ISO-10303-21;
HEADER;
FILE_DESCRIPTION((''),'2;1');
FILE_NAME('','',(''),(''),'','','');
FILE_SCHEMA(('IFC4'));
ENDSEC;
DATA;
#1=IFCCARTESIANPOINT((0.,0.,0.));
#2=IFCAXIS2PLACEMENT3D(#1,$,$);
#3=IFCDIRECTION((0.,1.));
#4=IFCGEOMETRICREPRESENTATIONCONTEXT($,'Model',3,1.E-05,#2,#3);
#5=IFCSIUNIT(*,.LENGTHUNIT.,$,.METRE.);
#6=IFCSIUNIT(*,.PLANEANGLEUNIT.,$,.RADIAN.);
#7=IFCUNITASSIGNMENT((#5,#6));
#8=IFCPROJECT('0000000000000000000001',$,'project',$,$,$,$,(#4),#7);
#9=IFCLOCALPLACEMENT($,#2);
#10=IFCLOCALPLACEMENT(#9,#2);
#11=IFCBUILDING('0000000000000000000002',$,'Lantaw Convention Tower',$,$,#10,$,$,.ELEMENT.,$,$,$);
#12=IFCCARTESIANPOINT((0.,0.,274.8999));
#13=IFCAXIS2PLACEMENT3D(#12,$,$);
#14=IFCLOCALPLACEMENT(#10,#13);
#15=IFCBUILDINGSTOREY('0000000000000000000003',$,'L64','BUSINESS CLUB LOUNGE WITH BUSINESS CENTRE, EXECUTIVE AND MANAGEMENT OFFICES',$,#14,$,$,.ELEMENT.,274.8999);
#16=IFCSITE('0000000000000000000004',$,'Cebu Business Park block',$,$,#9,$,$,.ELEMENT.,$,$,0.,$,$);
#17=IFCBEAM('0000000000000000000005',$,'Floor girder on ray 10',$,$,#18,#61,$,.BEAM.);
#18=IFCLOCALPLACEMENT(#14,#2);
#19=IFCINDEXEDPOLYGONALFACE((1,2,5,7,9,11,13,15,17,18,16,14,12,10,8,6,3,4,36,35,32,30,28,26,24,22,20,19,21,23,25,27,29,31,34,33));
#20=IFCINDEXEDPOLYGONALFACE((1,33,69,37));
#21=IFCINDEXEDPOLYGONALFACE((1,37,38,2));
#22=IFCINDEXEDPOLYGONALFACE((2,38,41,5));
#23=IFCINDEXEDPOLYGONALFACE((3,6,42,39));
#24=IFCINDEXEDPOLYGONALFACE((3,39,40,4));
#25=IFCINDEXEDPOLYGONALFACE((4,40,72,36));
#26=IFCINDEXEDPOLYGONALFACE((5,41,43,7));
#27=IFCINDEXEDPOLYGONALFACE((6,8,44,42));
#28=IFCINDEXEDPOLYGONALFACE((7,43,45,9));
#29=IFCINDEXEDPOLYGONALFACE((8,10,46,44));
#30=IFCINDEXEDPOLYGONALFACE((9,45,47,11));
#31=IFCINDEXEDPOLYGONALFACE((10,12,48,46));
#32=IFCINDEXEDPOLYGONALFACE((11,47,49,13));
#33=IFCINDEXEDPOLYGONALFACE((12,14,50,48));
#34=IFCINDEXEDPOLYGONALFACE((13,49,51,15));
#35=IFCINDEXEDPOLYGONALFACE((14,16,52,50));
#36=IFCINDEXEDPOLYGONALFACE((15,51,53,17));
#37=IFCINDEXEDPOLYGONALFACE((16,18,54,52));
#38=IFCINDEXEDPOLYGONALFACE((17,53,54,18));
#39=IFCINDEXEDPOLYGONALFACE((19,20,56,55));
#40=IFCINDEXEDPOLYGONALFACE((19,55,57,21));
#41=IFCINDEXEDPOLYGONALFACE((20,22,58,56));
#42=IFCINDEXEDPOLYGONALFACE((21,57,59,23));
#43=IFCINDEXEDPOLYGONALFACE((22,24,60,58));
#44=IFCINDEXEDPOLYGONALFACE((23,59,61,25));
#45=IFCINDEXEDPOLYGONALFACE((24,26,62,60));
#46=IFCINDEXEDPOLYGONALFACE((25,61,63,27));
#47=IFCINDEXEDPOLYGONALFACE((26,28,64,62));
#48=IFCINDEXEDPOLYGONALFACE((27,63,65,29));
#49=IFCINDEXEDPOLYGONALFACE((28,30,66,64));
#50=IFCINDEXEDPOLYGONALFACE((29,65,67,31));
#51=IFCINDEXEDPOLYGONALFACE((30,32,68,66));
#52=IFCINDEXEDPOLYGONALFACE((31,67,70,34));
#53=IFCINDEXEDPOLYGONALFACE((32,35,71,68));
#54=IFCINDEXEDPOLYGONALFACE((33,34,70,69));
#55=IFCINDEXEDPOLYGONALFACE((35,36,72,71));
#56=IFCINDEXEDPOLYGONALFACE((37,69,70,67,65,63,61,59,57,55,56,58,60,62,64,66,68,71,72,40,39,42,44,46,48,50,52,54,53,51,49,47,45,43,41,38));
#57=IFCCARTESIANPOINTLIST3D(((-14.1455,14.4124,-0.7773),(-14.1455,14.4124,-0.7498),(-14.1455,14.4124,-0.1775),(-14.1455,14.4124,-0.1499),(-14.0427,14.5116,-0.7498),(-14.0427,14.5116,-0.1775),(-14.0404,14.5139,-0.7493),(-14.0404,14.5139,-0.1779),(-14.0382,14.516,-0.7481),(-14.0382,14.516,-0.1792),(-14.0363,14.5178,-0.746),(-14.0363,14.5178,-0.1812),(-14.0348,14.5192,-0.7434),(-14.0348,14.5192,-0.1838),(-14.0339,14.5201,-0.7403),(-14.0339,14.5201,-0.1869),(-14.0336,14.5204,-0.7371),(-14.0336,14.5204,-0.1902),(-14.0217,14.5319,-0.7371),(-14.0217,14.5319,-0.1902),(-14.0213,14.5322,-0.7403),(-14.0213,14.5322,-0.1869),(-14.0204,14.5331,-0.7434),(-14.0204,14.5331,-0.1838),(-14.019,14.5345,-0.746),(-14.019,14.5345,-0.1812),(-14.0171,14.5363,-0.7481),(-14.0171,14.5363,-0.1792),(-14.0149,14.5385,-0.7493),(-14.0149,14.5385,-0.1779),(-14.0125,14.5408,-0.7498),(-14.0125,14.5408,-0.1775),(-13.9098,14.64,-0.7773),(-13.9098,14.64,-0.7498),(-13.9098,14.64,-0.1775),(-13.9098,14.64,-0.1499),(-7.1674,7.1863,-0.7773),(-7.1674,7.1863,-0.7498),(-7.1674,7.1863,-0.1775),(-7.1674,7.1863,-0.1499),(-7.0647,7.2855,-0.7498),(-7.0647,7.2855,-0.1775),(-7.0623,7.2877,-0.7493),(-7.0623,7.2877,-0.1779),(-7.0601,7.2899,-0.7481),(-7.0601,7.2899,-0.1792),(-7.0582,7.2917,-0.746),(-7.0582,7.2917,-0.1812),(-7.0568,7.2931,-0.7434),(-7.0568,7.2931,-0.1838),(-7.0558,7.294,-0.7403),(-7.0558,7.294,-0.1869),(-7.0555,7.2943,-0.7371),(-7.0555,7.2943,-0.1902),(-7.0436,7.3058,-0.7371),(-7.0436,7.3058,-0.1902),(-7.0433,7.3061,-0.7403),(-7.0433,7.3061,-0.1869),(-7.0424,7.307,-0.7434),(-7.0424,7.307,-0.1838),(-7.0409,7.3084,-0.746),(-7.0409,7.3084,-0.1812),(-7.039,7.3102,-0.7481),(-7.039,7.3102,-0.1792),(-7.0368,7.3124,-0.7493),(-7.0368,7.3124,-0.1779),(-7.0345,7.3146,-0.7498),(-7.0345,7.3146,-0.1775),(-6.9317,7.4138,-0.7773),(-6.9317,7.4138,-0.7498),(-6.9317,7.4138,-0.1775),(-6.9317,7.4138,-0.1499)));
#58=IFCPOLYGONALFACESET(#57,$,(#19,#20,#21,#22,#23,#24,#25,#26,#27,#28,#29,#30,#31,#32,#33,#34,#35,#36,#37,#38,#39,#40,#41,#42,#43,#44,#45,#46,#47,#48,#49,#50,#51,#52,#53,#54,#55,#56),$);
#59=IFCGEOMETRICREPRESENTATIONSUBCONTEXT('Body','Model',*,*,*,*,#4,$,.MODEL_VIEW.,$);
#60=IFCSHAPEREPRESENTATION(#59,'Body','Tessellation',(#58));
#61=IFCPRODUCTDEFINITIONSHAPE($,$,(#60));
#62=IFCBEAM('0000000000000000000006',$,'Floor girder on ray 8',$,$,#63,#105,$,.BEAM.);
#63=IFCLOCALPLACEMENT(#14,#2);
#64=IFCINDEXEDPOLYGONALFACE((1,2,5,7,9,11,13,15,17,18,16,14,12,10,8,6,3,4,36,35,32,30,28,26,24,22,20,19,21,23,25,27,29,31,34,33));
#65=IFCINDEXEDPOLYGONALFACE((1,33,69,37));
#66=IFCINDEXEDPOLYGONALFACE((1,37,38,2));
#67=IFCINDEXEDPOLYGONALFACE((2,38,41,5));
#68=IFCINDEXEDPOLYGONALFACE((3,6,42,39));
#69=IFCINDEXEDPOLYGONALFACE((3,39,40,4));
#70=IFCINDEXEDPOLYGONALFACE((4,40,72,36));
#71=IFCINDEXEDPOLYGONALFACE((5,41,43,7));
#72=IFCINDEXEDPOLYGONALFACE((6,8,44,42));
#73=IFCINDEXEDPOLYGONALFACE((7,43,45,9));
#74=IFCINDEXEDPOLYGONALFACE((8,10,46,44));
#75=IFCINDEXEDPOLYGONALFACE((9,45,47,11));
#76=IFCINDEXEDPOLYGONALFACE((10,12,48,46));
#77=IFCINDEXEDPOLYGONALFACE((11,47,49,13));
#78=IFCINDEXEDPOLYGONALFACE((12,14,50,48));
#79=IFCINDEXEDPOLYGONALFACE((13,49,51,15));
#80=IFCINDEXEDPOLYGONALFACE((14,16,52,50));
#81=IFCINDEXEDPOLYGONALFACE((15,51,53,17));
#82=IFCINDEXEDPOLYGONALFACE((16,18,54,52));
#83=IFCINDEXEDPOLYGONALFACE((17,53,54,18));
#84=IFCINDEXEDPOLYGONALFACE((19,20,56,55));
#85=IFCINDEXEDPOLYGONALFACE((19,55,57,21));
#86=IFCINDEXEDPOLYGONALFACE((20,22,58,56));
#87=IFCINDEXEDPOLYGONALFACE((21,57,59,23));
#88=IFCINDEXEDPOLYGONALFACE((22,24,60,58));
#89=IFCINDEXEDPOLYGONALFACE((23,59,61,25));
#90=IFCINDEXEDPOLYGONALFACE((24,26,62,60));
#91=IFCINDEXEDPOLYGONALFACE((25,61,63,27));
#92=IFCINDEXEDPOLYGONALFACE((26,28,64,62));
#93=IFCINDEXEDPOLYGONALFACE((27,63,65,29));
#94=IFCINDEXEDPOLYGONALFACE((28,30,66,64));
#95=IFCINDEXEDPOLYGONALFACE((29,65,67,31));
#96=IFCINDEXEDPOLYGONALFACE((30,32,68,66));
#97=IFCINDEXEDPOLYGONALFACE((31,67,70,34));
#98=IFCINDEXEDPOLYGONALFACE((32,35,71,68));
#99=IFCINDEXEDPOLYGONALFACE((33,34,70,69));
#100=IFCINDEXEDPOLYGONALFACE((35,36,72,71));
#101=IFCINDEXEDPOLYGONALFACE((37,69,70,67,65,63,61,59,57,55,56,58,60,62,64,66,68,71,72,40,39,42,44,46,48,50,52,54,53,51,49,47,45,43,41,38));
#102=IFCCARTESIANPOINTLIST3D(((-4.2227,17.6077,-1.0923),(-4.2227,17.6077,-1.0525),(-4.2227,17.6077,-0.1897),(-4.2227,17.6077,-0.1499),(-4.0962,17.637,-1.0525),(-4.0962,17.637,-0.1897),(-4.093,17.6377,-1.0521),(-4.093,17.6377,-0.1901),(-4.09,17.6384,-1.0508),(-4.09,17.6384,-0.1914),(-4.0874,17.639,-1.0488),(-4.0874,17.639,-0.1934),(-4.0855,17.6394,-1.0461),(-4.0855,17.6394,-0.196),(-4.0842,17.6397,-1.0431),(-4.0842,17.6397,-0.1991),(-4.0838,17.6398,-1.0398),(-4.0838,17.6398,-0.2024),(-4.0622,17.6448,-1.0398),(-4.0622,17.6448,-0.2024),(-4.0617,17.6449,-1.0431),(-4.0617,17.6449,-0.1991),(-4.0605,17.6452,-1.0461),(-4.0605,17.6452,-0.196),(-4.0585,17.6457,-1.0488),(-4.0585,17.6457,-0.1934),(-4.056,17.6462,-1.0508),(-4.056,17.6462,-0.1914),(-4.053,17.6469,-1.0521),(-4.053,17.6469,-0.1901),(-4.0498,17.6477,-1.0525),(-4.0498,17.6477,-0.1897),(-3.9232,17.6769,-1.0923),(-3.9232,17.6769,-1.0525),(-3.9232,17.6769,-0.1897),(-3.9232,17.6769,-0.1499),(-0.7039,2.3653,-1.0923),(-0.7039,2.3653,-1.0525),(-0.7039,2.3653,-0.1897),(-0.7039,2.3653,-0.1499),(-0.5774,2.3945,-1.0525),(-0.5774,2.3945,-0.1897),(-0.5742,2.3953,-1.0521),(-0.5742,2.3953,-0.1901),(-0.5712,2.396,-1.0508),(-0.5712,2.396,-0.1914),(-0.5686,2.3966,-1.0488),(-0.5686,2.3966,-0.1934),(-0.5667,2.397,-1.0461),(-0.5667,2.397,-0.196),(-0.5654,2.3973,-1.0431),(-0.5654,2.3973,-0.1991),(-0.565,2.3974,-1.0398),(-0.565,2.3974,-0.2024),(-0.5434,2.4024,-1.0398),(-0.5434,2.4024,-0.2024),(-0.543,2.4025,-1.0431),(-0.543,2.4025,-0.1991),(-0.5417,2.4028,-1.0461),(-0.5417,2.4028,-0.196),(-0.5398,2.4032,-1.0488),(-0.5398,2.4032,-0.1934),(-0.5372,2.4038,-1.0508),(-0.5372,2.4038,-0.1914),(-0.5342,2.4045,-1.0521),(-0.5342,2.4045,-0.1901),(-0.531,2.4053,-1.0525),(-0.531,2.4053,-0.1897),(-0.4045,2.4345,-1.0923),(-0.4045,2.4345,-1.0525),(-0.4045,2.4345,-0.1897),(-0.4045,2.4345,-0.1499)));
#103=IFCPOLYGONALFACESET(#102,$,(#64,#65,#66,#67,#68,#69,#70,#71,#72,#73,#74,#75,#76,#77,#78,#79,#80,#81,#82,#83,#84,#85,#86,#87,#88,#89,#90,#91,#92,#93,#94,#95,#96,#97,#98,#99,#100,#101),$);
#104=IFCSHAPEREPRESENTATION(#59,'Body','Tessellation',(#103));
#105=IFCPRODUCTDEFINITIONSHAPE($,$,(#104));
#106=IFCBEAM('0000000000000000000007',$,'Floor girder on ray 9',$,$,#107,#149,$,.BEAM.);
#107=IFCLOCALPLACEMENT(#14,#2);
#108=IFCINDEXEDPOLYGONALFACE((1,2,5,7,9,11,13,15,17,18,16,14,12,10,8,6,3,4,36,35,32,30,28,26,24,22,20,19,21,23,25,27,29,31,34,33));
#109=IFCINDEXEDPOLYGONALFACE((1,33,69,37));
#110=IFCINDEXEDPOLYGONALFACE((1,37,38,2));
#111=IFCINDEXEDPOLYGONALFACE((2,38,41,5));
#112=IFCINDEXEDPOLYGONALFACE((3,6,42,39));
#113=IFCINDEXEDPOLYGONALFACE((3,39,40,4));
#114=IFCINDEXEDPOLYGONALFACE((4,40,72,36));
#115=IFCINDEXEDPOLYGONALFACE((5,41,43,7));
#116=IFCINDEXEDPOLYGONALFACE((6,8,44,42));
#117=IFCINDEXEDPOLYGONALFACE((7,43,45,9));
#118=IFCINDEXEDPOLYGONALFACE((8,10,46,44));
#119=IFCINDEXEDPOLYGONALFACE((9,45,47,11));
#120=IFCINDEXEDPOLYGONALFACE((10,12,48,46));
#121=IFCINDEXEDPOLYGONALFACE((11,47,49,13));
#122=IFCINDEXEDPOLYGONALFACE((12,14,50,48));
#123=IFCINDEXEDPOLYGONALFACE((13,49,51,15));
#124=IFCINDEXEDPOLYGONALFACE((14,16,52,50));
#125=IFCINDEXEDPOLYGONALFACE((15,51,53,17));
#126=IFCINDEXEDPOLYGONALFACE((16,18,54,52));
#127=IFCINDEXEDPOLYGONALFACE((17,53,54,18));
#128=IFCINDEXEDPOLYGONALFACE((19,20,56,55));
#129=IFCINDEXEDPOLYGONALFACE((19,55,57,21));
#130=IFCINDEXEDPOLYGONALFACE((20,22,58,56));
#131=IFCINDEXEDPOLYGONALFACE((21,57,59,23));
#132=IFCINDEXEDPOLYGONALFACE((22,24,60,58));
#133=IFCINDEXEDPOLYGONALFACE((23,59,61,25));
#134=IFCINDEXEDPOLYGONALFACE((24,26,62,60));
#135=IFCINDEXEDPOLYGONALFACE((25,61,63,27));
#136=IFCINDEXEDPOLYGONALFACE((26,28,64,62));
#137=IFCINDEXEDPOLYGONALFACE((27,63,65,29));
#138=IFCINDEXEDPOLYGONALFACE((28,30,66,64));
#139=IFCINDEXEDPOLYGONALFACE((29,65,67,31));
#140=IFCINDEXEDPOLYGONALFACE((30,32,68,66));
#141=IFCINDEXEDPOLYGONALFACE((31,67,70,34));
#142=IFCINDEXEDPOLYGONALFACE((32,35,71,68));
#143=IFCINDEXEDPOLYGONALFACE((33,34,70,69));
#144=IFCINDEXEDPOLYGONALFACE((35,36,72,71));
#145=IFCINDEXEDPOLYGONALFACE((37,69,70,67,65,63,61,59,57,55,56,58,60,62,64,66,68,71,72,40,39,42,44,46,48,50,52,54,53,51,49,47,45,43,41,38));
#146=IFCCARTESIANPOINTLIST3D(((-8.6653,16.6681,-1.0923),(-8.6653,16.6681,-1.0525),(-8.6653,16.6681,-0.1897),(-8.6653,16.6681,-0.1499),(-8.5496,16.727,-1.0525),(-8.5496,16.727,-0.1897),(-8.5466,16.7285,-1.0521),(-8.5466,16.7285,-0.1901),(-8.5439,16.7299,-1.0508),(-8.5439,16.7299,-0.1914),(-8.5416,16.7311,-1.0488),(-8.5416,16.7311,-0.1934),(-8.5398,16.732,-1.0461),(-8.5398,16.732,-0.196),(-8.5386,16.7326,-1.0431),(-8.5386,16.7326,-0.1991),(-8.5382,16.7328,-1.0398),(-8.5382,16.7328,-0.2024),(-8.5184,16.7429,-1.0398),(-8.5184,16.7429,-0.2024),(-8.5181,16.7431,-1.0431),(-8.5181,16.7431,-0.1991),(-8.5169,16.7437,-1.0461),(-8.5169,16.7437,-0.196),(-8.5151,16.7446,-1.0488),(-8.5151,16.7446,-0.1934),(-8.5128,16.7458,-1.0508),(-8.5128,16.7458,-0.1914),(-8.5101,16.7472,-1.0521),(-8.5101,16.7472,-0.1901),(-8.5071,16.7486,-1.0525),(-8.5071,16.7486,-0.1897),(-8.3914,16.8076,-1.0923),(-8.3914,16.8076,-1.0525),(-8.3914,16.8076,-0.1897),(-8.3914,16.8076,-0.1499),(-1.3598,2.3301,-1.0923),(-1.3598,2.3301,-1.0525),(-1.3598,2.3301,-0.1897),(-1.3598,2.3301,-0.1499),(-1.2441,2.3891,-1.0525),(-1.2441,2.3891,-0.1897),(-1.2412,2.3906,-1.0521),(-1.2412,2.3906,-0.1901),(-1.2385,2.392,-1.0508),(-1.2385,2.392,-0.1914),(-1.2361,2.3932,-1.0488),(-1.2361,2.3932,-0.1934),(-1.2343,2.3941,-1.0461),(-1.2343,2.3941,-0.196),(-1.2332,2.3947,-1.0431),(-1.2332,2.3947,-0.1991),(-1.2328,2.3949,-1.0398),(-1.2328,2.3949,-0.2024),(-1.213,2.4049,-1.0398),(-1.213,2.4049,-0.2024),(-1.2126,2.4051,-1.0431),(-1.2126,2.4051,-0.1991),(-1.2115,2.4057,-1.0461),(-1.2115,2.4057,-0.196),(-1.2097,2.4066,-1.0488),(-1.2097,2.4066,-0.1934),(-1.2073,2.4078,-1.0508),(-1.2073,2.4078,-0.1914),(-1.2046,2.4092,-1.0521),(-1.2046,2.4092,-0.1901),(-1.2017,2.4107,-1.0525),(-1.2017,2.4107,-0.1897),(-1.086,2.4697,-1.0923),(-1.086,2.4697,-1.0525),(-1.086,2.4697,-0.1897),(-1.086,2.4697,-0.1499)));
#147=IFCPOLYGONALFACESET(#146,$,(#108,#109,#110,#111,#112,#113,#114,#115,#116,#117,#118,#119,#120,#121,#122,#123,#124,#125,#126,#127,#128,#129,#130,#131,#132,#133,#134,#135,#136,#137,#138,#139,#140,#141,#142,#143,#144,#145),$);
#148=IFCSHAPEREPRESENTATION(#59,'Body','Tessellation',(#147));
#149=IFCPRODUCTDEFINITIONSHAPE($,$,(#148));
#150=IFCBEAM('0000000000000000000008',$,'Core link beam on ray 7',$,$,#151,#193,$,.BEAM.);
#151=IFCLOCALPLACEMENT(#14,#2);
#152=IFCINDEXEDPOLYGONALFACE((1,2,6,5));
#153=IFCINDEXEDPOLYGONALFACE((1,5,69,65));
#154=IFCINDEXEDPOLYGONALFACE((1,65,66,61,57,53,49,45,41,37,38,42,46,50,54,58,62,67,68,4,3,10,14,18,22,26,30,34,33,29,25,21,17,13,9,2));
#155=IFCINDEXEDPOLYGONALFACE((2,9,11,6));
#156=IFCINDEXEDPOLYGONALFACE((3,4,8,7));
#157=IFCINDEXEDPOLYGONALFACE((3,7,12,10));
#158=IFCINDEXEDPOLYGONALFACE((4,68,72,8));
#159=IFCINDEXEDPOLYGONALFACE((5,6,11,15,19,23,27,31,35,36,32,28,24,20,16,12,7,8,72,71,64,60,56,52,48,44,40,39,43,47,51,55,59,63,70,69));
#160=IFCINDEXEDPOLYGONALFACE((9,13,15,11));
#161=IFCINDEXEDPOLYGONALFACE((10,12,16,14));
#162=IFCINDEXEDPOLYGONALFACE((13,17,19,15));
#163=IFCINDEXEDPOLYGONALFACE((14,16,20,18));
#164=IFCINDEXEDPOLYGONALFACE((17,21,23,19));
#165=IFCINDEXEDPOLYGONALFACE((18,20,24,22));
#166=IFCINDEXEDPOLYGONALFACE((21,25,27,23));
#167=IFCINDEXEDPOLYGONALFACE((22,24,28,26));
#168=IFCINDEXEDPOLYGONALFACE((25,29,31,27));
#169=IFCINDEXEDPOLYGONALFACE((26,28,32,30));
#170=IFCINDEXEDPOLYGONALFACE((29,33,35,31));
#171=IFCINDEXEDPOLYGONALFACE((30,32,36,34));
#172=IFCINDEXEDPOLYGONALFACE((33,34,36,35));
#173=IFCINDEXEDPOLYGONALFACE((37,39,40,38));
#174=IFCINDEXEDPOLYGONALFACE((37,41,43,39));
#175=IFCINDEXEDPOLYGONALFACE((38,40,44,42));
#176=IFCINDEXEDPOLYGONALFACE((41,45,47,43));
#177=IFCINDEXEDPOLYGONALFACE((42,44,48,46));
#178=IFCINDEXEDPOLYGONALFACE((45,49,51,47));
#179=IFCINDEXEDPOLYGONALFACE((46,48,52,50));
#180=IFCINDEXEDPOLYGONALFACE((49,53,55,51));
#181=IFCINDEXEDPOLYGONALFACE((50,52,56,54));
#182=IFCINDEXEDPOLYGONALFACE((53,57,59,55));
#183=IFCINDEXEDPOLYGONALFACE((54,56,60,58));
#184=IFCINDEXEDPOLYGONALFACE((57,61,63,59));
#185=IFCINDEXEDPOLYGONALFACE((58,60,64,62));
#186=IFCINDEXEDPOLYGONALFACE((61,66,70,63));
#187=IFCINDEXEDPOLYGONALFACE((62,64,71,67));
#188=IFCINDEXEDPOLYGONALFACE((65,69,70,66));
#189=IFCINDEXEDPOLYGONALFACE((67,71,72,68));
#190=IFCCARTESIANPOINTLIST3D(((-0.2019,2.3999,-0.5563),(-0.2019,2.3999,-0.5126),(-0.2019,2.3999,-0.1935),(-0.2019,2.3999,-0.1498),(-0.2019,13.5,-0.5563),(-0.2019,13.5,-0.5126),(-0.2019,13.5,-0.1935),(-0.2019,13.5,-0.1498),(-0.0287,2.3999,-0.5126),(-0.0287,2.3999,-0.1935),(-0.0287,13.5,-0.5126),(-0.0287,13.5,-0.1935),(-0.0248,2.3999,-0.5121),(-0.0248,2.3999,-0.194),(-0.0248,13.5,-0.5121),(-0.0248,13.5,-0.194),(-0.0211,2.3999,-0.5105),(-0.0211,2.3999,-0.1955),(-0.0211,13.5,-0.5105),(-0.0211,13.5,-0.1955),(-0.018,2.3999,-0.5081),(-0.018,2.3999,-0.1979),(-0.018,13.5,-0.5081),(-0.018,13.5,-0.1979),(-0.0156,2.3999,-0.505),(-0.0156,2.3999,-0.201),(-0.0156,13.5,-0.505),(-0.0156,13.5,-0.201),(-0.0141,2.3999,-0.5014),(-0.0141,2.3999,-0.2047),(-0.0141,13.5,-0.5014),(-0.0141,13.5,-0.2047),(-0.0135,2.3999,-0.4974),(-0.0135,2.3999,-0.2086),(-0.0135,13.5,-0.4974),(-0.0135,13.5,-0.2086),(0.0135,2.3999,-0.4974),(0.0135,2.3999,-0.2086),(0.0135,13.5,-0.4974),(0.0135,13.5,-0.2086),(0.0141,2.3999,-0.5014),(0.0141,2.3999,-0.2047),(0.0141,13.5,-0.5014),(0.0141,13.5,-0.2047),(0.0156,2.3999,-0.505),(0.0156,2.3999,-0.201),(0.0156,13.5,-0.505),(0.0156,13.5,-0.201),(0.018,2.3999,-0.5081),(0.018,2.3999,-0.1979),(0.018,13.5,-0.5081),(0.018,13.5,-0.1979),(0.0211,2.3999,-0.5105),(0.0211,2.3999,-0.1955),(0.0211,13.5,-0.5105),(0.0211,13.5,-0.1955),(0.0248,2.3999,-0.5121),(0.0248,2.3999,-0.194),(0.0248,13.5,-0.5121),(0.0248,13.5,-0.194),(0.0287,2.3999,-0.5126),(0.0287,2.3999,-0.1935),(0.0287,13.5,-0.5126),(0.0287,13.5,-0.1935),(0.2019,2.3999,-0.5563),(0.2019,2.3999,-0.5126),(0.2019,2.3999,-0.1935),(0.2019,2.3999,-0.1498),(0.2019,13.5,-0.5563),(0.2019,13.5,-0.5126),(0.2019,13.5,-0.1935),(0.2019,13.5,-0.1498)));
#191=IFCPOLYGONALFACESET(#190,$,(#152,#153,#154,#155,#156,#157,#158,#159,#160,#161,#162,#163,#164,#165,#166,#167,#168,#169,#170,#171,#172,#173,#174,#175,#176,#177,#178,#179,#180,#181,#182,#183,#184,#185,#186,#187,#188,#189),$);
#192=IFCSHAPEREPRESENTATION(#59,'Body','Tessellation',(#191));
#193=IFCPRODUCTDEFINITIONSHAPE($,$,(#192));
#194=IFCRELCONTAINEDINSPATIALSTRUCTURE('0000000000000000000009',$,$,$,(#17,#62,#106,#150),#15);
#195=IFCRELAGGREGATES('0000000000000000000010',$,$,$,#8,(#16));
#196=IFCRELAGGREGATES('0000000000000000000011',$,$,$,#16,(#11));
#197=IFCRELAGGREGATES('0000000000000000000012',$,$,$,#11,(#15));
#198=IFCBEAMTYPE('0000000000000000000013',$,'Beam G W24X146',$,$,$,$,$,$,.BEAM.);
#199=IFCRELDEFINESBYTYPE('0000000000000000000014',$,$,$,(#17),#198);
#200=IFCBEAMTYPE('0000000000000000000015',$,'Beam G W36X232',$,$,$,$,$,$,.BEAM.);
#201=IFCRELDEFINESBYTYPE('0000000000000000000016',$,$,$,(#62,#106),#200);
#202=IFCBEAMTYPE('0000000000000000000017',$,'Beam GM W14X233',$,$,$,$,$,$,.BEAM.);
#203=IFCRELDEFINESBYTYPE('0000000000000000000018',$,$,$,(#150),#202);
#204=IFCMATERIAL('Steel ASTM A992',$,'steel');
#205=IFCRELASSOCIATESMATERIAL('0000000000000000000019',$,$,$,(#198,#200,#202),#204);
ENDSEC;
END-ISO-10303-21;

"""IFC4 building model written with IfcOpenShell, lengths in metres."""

from ifc_helpers import new_model, si_unit, direction, frame, origin, origin_2d, place, context, subcontext, project, spatial, i_section, extrude, material, material_profile, profile_set, type_object, element, save


model = new_model("IFC4")

# Units and contexts
model_context = context("Model", 3, precision=1e-05, world=origin(), true_north=direction((0.0, 1.0)))
body_context = subcontext(model_context, "Body", "Model", "MODEL_VIEW")
ifc_project = project(units=[si_unit("LENGTHUNIT", "METRE"), si_unit("PLANEANGLEUNIT", "RADIAN")], contexts=[model_context])

# Site, building, storey
site_placement = place(None, origin())
site = spatial("IfcSite", under=ifc_project, at=site_placement, Name="Cebu Business Park block", CompositionType="ELEMENT", RefElevation=0.0)
building_placement = place(site_placement, origin())
building = spatial("IfcBuilding", under=site, at=building_placement, Name="Lantaw Convention Tower", CompositionType="ELEMENT")
storey_placement = place(building_placement, frame((0.0, 0.0, 274.8999)))
storey = spatial("IfcBuildingStorey", under=building, at=storey_placement, Name="L64", Description="BUSINESS CLUB LOUNGE WITH BUSINESS CENTRE, EXECUTIVE AND MANAGEMENT OFFICES", CompositionType="ELEMENT", Elevation=274.8999)

# Beams
ifc_material_1 = material(Name="Steel ASTM A992", Category="steel")
ifc_material_profile_1 = material_profile(ifc_material_1, i_section(OverallWidth=0.3276, OverallDepth=0.6274, WebThickness=0.0166, FlangeThickness=0.0276, FilletRadius=0.0127, at=origin_2d()), Name="W24X146")
ifc_profile_set_1 = profile_set([ifc_material_profile_1], Name="Steel ASTM A992")
beam_type_1 = type_object("IfcBeamType", Name="Beam G W24X146", PredefinedType="BEAM", material=ifc_profile_set_1)
beam_1_placement = place(storey_placement, frame((-7.0496, 7.3, -0.4636), z_axis=(-0.694653, 0.719345, 0.0), x_axis=(-0.719345, -0.694653, 0.0)))
element("IfcBeam", 1, at=beam_1_placement, inside=storey, type_object=beam_type_1, Name="Floor girder on ray 10", PredefinedType="BEAM", context=body_context, shape_type="SweptSolid", body=[
    extrude(i_section(OverallWidth=0.3276, OverallDepth=0.6274, WebThickness=0.0166, FlangeThickness=0.0276, FilletRadius=0.0127, at=origin_2d()), origin(), (0.0, 0.0, 1.0), 10.0454),
])
ifc_material_profile_2 = material_profile(ifc_material_1, i_section(OverallWidth=0.3074, OverallDepth=0.9424, WebThickness=0.0222, FlangeThickness=0.0398, FilletRadius=0.0127, at=origin_2d()), Name="W36X232")
ifc_profile_set_2 = profile_set([ifc_material_profile_2], Name="Steel ASTM A992")
beam_type_2 = type_object("IfcBeamType", Name="Beam G W36X232", PredefinedType="BEAM", material=ifc_profile_set_2)
beam_2_placement = place(storey_placement, frame((-0.5542, 2.3999, -0.6211), z_axis=(-0.224939, 0.974373, 0.0), x_axis=(-0.974373, -0.224939, 0.0)))
element("IfcBeam", 2, at=beam_2_placement, inside=storey, type_object=beam_type_2, Name="Floor girder on ray 8", PredefinedType="BEAM", context=body_context, shape_type="SweptSolid", body=[
    extrude(i_section(OverallWidth=0.3074, OverallDepth=0.9424, WebThickness=0.0222, FlangeThickness=0.0398, FilletRadius=0.0127, at=origin_2d()), origin(), (0.0, 0.0, 1.0), 15.6433),
])
beam_3_placement = place(storey_placement, frame((-1.2229, 2.3999, -0.6211), z_axis=(-0.453986, 0.891009, 0.0), x_axis=(-0.891009, -0.453986, 0.0)))
element("IfcBeam", 3, at=beam_3_placement, inside=storey, type_object=beam_type_2, Name="Floor girder on ray 9", PredefinedType="BEAM", context=body_context, shape_type="SweptSolid", body=[
    extrude(i_section(OverallWidth=0.3074, OverallDepth=0.9424, WebThickness=0.0222, FlangeThickness=0.0398, FilletRadius=0.0127, at=origin_2d()), origin(), (0.0, 0.0, 1.0), 16.0918),
])
ifc_material_profile_3 = material_profile(ifc_material_1, i_section(OverallWidth=0.4038, OverallDepth=0.4065, WebThickness=0.0271, FlangeThickness=0.0437, FilletRadius=0.0151, at=origin_2d()), Name="W14X233")
ifc_profile_set_3 = profile_set([ifc_material_profile_3], Name="Steel ASTM A992")
beam_type_3 = type_object("IfcBeamType", Name="Beam GM W14X233", PredefinedType="BEAM", material=ifc_profile_set_3)
beam_4_placement = place(storey_placement, frame((0.0, 2.3999, -0.353), z_axis=(0.0, 1.0, 0.0), x_axis=(-1.0, 0.0, 0.0)))
element("IfcBeam", 4, at=beam_4_placement, inside=storey, type_object=beam_type_3, Name="Core link beam on ray 7", PredefinedType="BEAM", context=body_context, shape_type="SweptSolid", body=[
    extrude(i_section(OverallWidth=0.4038, OverallDepth=0.4065, WebThickness=0.0271, FlangeThickness=0.0437, FilletRadius=0.0151, at=origin_2d()), origin(), (0.0, 0.0, 1.0), 11.1001),
])

save(model, "model.ifc")
